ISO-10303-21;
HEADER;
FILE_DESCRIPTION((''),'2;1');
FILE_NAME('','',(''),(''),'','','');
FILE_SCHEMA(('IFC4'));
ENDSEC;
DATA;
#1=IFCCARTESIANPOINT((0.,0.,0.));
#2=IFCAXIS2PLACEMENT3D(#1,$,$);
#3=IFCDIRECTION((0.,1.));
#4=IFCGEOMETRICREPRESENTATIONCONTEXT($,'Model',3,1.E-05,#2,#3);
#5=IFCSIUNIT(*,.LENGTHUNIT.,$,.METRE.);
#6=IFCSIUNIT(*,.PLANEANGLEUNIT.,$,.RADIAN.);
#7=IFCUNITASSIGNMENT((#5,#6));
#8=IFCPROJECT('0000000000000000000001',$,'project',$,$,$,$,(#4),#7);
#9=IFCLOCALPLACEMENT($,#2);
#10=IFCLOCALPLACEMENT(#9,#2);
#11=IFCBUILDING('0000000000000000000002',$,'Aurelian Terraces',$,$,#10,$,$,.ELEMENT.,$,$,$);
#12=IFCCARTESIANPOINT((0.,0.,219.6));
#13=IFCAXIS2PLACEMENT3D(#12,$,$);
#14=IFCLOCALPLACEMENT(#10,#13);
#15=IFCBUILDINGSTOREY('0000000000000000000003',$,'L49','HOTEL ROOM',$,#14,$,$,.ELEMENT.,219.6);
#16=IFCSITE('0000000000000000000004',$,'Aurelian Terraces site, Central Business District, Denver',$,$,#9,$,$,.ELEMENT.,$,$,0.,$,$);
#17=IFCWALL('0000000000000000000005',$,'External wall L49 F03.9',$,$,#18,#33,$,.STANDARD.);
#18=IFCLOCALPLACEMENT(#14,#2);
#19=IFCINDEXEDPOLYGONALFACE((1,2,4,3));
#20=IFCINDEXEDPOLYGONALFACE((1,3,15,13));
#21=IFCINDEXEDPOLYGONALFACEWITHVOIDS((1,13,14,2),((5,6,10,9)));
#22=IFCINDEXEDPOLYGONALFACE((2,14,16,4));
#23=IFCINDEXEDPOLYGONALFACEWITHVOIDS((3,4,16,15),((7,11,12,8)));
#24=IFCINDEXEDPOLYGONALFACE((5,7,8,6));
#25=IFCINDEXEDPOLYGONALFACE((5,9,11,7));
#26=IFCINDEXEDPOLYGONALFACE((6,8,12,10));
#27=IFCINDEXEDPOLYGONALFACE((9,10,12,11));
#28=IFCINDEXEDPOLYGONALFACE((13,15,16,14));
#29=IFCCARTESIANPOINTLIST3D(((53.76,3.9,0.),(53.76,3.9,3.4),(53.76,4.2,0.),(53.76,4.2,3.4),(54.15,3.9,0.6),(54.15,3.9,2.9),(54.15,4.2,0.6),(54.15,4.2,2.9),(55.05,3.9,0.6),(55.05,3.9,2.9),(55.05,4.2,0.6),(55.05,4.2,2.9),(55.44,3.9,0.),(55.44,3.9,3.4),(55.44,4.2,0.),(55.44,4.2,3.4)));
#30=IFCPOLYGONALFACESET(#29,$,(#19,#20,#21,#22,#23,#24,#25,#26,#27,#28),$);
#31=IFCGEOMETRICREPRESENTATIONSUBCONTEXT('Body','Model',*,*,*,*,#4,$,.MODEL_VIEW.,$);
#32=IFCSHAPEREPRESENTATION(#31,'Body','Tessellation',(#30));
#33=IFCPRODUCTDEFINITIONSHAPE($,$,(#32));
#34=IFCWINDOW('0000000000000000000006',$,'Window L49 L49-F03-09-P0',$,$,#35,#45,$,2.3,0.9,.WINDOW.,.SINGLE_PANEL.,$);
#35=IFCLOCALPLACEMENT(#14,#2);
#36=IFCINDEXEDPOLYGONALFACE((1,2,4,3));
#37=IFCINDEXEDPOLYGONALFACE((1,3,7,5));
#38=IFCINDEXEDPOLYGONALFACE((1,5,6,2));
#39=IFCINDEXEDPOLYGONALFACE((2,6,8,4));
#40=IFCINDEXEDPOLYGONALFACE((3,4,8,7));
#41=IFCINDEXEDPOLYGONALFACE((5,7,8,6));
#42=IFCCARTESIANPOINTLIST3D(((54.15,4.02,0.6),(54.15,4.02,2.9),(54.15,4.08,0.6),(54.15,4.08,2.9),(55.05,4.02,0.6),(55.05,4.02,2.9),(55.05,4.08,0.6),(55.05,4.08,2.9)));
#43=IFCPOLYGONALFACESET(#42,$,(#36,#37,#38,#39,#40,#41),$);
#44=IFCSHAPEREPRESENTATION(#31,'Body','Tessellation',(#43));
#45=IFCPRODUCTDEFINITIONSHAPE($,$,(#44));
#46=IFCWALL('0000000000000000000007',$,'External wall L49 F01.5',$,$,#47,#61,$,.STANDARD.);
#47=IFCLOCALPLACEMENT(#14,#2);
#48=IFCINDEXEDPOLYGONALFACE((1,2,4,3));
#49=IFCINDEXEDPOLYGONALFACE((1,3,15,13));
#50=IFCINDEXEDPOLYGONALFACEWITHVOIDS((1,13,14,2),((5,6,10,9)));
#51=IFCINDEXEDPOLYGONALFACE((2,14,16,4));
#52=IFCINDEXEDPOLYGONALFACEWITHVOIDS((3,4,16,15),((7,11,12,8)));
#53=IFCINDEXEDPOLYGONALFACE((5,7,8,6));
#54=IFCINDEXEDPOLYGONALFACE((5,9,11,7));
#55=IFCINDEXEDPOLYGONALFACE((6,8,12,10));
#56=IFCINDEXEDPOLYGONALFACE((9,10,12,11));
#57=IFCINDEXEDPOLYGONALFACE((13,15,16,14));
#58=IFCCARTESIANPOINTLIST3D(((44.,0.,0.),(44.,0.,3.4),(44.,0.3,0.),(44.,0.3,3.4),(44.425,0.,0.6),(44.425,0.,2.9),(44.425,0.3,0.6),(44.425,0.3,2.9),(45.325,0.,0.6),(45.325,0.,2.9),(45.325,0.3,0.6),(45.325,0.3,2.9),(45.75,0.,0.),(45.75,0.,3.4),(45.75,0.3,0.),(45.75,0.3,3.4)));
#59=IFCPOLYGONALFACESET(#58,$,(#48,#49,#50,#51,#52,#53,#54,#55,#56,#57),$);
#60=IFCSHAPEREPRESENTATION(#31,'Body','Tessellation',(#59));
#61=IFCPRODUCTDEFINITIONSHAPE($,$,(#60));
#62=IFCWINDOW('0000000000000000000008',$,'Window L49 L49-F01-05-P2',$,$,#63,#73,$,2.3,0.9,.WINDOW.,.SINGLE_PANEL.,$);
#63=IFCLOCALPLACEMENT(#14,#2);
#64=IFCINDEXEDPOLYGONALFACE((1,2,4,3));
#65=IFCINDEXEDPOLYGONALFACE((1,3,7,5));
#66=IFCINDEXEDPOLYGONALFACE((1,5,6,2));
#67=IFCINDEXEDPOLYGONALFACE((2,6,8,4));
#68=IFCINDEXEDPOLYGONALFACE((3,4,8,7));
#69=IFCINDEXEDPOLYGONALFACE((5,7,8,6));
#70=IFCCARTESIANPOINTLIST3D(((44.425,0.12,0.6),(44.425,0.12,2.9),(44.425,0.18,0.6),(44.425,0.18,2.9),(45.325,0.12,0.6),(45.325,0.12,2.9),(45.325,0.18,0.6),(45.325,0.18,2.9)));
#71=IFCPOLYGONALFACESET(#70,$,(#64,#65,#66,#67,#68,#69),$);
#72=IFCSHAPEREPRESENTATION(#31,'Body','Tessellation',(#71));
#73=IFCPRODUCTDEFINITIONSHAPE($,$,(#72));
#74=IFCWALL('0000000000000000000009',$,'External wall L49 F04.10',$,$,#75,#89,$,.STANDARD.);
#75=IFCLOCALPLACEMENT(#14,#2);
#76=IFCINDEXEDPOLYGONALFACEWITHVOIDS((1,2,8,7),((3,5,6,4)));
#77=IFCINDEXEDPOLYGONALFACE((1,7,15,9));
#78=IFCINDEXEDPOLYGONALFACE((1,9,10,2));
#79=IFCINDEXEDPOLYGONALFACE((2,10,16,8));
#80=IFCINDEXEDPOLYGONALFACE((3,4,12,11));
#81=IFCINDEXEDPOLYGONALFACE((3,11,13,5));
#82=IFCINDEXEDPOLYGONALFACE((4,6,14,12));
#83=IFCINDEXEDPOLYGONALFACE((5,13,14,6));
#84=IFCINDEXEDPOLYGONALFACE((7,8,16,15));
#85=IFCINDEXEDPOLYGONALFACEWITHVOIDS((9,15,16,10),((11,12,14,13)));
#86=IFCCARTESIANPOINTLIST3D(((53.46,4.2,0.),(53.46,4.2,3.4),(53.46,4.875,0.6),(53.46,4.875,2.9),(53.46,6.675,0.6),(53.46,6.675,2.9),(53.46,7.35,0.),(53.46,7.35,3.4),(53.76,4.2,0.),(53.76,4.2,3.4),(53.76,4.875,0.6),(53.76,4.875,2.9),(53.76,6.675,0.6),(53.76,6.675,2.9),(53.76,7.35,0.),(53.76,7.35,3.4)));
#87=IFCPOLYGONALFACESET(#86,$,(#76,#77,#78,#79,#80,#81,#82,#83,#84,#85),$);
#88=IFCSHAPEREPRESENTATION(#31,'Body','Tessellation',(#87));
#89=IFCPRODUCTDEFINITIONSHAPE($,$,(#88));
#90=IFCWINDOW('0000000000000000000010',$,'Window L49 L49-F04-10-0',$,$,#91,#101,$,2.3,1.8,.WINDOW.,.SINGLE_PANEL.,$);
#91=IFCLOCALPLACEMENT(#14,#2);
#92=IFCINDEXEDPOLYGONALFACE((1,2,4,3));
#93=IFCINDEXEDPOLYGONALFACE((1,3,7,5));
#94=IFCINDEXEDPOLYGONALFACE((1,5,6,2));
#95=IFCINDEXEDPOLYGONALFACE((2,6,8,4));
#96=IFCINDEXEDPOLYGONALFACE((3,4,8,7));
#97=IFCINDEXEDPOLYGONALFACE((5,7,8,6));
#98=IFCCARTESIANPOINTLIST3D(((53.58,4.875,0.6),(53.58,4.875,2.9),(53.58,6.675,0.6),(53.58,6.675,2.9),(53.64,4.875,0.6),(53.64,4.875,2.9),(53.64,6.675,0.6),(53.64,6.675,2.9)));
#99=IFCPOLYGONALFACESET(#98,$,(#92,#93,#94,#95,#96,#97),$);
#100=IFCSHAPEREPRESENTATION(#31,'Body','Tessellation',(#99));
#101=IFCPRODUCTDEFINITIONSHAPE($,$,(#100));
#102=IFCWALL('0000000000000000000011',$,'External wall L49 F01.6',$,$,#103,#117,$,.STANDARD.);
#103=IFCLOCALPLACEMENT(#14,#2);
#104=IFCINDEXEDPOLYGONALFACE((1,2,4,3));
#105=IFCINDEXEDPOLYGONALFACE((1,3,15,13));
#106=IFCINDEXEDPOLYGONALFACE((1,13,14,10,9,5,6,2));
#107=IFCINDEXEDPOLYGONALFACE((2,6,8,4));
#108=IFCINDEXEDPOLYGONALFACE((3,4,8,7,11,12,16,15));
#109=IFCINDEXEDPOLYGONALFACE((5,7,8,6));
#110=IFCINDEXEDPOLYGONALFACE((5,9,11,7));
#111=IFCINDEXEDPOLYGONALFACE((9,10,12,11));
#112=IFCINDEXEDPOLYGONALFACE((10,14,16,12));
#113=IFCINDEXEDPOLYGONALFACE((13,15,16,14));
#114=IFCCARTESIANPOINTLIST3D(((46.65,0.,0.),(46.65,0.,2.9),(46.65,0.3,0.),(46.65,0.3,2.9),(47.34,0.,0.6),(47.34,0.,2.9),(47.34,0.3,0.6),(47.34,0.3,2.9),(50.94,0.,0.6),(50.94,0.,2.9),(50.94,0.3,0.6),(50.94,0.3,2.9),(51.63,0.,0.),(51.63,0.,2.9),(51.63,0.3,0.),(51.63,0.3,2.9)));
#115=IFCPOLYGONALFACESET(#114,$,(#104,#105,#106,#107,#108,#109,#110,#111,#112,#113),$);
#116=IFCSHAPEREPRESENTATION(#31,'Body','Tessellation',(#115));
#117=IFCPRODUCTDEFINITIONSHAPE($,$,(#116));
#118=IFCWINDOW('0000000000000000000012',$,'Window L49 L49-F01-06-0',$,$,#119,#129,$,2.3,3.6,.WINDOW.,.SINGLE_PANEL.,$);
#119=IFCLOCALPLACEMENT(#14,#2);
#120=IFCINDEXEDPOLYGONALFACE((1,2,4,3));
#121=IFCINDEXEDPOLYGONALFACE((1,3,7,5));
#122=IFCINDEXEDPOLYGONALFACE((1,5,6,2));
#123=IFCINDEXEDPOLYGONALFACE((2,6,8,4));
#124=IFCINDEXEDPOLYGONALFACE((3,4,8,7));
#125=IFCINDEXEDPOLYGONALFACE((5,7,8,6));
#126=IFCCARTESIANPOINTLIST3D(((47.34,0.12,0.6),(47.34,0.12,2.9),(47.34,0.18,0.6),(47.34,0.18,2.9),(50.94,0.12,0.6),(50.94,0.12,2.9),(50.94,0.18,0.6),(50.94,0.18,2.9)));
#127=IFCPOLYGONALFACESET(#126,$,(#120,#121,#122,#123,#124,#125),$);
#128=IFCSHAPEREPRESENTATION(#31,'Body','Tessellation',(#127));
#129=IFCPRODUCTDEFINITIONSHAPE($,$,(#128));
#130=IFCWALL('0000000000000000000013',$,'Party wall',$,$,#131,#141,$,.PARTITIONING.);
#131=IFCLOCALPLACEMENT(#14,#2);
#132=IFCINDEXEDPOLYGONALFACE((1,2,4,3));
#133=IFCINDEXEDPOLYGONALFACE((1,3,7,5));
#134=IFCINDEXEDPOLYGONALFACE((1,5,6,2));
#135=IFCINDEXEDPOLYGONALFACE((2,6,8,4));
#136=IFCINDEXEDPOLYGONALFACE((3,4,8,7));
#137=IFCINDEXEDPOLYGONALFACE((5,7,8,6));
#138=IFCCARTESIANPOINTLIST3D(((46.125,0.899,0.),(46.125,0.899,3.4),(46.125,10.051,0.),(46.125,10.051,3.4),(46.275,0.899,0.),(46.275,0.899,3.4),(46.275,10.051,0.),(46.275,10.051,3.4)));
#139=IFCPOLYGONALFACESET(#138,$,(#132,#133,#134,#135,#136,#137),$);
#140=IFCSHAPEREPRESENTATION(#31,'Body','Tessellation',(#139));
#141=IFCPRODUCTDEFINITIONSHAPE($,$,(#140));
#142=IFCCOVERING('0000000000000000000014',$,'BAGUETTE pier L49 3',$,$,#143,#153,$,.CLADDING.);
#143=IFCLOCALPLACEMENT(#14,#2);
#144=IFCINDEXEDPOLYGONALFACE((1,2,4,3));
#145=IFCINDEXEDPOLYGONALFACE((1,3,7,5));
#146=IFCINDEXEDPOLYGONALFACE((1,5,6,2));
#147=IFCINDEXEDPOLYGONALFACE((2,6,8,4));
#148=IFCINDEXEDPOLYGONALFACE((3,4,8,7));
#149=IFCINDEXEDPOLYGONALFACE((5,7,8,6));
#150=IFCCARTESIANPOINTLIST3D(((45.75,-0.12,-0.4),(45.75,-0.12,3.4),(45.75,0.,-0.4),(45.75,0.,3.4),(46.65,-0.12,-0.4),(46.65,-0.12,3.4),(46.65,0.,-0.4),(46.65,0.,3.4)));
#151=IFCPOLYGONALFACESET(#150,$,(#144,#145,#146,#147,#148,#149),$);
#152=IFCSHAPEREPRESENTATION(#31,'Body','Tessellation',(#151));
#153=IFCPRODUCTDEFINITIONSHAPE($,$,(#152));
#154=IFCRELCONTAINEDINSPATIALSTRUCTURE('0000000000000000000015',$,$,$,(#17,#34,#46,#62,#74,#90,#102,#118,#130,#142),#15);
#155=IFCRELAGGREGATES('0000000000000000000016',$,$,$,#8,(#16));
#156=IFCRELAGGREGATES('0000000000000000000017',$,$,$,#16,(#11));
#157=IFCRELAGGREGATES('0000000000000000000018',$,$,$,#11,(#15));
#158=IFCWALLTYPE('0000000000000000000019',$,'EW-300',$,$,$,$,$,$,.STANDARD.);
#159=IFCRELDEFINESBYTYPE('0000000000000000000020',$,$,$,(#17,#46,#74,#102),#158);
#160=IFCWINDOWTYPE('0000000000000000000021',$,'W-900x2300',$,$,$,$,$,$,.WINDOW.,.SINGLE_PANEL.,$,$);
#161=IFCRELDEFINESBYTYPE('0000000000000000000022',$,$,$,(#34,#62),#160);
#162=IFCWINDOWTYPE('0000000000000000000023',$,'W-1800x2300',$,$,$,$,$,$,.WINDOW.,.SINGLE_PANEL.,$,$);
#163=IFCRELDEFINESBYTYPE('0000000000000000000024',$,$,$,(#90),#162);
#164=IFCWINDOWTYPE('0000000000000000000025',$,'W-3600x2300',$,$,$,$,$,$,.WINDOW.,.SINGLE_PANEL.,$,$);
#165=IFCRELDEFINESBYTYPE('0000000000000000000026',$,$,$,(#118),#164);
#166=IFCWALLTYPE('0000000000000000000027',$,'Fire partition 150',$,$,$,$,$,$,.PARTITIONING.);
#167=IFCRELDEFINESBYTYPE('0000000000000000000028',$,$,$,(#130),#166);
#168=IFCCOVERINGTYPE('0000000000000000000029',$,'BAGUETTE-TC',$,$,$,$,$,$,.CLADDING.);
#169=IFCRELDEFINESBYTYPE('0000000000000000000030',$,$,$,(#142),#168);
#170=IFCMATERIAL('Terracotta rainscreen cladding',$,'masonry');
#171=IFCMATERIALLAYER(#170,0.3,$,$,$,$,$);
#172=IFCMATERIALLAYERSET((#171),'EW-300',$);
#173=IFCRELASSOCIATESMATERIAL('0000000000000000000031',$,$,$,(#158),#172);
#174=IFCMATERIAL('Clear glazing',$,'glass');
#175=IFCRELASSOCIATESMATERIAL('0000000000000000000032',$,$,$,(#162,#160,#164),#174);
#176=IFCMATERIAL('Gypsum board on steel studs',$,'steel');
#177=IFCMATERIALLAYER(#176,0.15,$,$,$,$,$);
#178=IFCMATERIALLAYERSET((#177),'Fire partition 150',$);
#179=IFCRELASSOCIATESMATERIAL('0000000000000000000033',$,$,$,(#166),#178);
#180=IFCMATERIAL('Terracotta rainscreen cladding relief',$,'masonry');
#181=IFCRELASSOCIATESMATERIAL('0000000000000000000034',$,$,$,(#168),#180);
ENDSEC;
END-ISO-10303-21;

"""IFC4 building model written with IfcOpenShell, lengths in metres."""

from ifc_helpers import new_model, si_unit, direction, frame, frame_2d, origin, origin_2d, place, context, subcontext, project, spatial, rectangle, extrude, source, transform, mapped, material, layer, layer_set, type_object, element, fill, save


model = new_model("IFC4")

# Units and contexts
model_context = context("Model", 3, precision=1e-05, world=origin(), true_north=direction((0.0, 1.0)))
body_context = subcontext(model_context, "Body", "Model", "MODEL_VIEW")
ifc_project = project(units=[si_unit("LENGTHUNIT", "METRE"), si_unit("PLANEANGLEUNIT", "RADIAN")], contexts=[model_context])

# Site, building, storey
site_placement = place(None, origin())
site = spatial("IfcSite", under=ifc_project, at=site_placement, Name="Aurelian Terraces site, Central Business District, Denver", CompositionType="ELEMENT", RefElevation=0.0)
building_placement = place(site_placement, origin())
building = spatial("IfcBuilding", under=site, at=building_placement, Name="Aurelian Terraces", CompositionType="ELEMENT")
storey_placement = place(building_placement, frame((0.0, 0.0, 219.6)))
storey = spatial("IfcBuildingStorey", under=building, at=storey_placement, Name="L49", Description="HOTEL ROOM", CompositionType="ELEMENT", Elevation=219.6)

# Walls, openings, windows
ifc_material_1 = material(Name="Terracotta rainscreen cladding", Category="masonry")
ifc_layer_1 = layer(ifc_material_1, 0.3)
ifc_layer_set_1 = layer_set([ifc_layer_1], Name="EW-300")
wall_type_1 = type_object("IfcWallType", Name="EW-300", PredefinedType="STANDARD", material=ifc_layer_set_1)
shared_shape_1 = source(origin(), body_context, "Body", "SweptSolid", [
    extrude(rectangle(XDim=1.8, YDim=2.3, at=frame_2d((0.9, 1.15))), frame((0.0, 0.16, 0.0), z_axis=(0.0, -1.0, 0.0), x_axis=(1.0, 0.0, 0.0)), (0.0, 0.0, 1.0), 0.32),
])
ifc_material_2 = material(Name="Clear glazing", Category="glass")
window_type_1 = type_object("IfcWindowType", Name="W-1800x2300", PartitioningType="SINGLE_PANEL", PredefinedType="WINDOW", material=ifc_material_2)
shared_shape_2 = source(origin(), body_context, "Body", "SweptSolid", [
    extrude(rectangle(XDim=1.8, YDim=2.3, at=frame_2d((0.9, 1.15))), frame((0.0, 0.03, 0.0), z_axis=(0.0, -1.0, 0.0), x_axis=(1.0, 0.0, 0.0)), (0.0, 0.0, 1.0), 0.06),
])
shared_shape_3 = source(origin(), body_context, "Body", "SweptSolid", [
    extrude(rectangle(XDim=1.68, YDim=0.3, at=frame_2d((0.84, 0.0))), origin(), (0.0, 0.0, 1.0), 3.4),
])
wall_1_placement = place(storey_placement, frame((55.44, 4.05, 0.0), z_axis=(0.0, 0.0, 1.0), x_axis=(-1.0, 0.0, 0.0)))
wall_1 = element("IfcWall", 1, at=wall_1_placement, inside=storey, type_object=wall_type_1, Name="External wall L49 F03.9", PredefinedType="STANDARD", context=body_context, shape_type="MappedRepresentation", body=[
    mapped(shared_shape_3, transform((0.0, 0.0, 0.0), scale=1.0)),
])
shared_shape_4 = source(origin(), body_context, "Body", "SweptSolid", [
    extrude(rectangle(XDim=0.9, YDim=2.3, at=frame_2d((0.45, 1.15))), frame((0.0, 0.16, 0.0), z_axis=(0.0, -1.0, 0.0), x_axis=(1.0, 0.0, 0.0)), (0.0, 0.0, 1.0), 0.32),
])
opening_1_placement = place(wall_1_placement, frame((0.39, 0.0, 0.6)))
opening_1 = element("IfcOpeningElement", 2, at=opening_1_placement, cuts=wall_1, PredefinedType="OPENING", context=body_context, shape_type="MappedRepresentation", body=[
    mapped(shared_shape_4, transform((0.0, 0.0, 0.0), scale=1.0)),
])
window_type_2 = type_object("IfcWindowType", Name="W-900x2300", PartitioningType="SINGLE_PANEL", PredefinedType="WINDOW", material=ifc_material_2)
shared_shape_5 = source(origin(), body_context, "Body", "SweptSolid", [
    extrude(rectangle(XDim=0.9, YDim=2.3, at=frame_2d((0.45, 1.15))), frame((0.0, 0.03, 0.0), z_axis=(0.0, -1.0, 0.0), x_axis=(1.0, 0.0, 0.0)), (0.0, 0.0, 1.0), 0.06),
])
window_1_placement = place(opening_1_placement, origin())
window_1 = element("IfcWindow", 3, at=window_1_placement, inside=storey, type_object=window_type_2, Name="Window L49 L49-F03-09-P0", OverallHeight=2.3, OverallWidth=0.9, PartitioningType="SINGLE_PANEL", PredefinedType="WINDOW", context=body_context, shape_type="MappedRepresentation", body=[
    mapped(shared_shape_5, transform((0.0, 0.0, 0.0), scale=1.0)),
])
fill(opening_1, window_1)
shared_shape_6 = source(origin(), body_context, "Body", "SweptSolid", [
    extrude(rectangle(XDim=1.75, YDim=0.3, at=frame_2d((0.875, 0.0))), origin(), (0.0, 0.0, 1.0), 3.4),
])
wall_2_placement = place(storey_placement, frame((44.0, 0.15, 0.0), z_axis=(0.0, 0.0, 1.0), x_axis=(1.0, 0.0, 0.0)))
wall_2 = element("IfcWall", 4, at=wall_2_placement, inside=storey, type_object=wall_type_1, Name="External wall L49 F01.5", PredefinedType="STANDARD", context=body_context, shape_type="MappedRepresentation", body=[
    mapped(shared_shape_6, transform((0.0, 0.0, 0.0), scale=1.0)),
])
opening_2_placement = place(wall_2_placement, frame((0.425, 0.0, 0.6)))
opening_2 = element("IfcOpeningElement", 5, at=opening_2_placement, cuts=wall_2, PredefinedType="OPENING", context=body_context, shape_type="MappedRepresentation", body=[
    mapped(shared_shape_4, transform((0.0, 0.0, 0.0), scale=1.0)),
])
window_2_placement = place(opening_2_placement, origin())
window_2 = element("IfcWindow", 6, at=window_2_placement, inside=storey, type_object=window_type_2, Name="Window L49 L49-F01-05-P2", OverallHeight=2.3, OverallWidth=0.9, PartitioningType="SINGLE_PANEL", PredefinedType="WINDOW", context=body_context, shape_type="MappedRepresentation", body=[
    mapped(shared_shape_5, transform((0.0, 0.0, 0.0), scale=1.0)),
])
fill(opening_2, window_2)
shared_shape_7 = source(origin(), body_context, "Body", "SweptSolid", [
    extrude(rectangle(XDim=3.15, YDim=0.3, at=frame_2d((1.575, 0.0))), origin(), (0.0, 0.0, 1.0), 3.4),
])
wall_3_placement = place(storey_placement, frame((53.61, 4.2, 0.0), z_axis=(0.0, 0.0, 1.0), x_axis=(0.0, 1.0, 0.0)))
wall_3 = element("IfcWall", 7, at=wall_3_placement, inside=storey, type_object=wall_type_1, Name="External wall L49 F04.10", PredefinedType="STANDARD", context=body_context, shape_type="MappedRepresentation", body=[
    mapped(shared_shape_7, transform((0.0, 0.0, 0.0), scale=1.0)),
])
opening_3_placement = place(wall_3_placement, frame((0.675, 0.0, 0.6)))
opening_3 = element("IfcOpeningElement", 8, at=opening_3_placement, cuts=wall_3, PredefinedType="OPENING", context=body_context, shape_type="MappedRepresentation", body=[
    mapped(shared_shape_1, transform((0.0, 0.0, 0.0), scale=1.0)),
])
window_3_placement = place(opening_3_placement, origin())
window_3 = element("IfcWindow", 9, at=window_3_placement, inside=storey, type_object=window_type_1, Name="Window L49 L49-F04-10-0", OverallHeight=2.3, OverallWidth=1.8, PartitioningType="SINGLE_PANEL", PredefinedType="WINDOW", context=body_context, shape_type="MappedRepresentation", body=[
    mapped(shared_shape_2, transform((0.0, 0.0, 0.0), scale=1.0)),
])
fill(opening_3, window_3)
shared_shape_8 = source(origin(), body_context, "Body", "SweptSolid", [
    extrude(rectangle(XDim=4.98, YDim=0.3, at=frame_2d((2.49, 0.0))), origin(), (0.0, 0.0, 1.0), 2.9),
])
wall_4_placement = place(storey_placement, frame((46.65, 0.15, 0.0), z_axis=(0.0, 0.0, 1.0), x_axis=(1.0, 0.0, 0.0)))
wall_4 = element("IfcWall", 10, at=wall_4_placement, inside=storey, type_object=wall_type_1, Name="External wall L49 F01.6", PredefinedType="STANDARD", context=body_context, shape_type="MappedRepresentation", body=[
    mapped(shared_shape_8, transform((0.0, 0.0, 0.0), scale=1.0)),
])
shared_shape_9 = source(origin(), body_context, "Body", "SweptSolid", [
    extrude(rectangle(XDim=3.6, YDim=2.3, at=frame_2d((1.8, 1.15))), frame((0.0, 0.16, 0.0), z_axis=(0.0, -1.0, 0.0), x_axis=(1.0, 0.0, 0.0)), (0.0, 0.0, 1.0), 0.32),
])
opening_4_placement = place(wall_4_placement, frame((0.69, 0.0, 0.6)))
opening_4 = element("IfcOpeningElement", 11, at=opening_4_placement, cuts=wall_4, PredefinedType="OPENING", context=body_context, shape_type="MappedRepresentation", body=[
    mapped(shared_shape_9, transform((0.0, 0.0, 0.0), scale=1.0)),
])
window_type_3 = type_object("IfcWindowType", Name="W-3600x2300", PartitioningType="SINGLE_PANEL", PredefinedType="WINDOW", material=ifc_material_2)
shared_shape_10 = source(origin(), body_context, "Body", "SweptSolid", [
    extrude(rectangle(XDim=3.6, YDim=2.3, at=frame_2d((1.8, 1.15))), frame((0.0, 0.03, 0.0), z_axis=(0.0, -1.0, 0.0), x_axis=(1.0, 0.0, 0.0)), (0.0, 0.0, 1.0), 0.06),
])
window_4_placement = place(opening_4_placement, origin())
window_4 = element("IfcWindow", 12, at=window_4_placement, inside=storey, type_object=window_type_3, Name="Window L49 L49-F01-06-0", OverallHeight=2.3, OverallWidth=3.6, PartitioningType="SINGLE_PANEL", PredefinedType="WINDOW", context=body_context, shape_type="MappedRepresentation", body=[
    mapped(shared_shape_10, transform((0.0, 0.0, 0.0), scale=1.0)),
])
fill(opening_4, window_4)

# Wall
ifc_material_3 = material(Name="Gypsum board on steel studs", Category="steel")
ifc_layer_2 = layer(ifc_material_3, 0.15)
ifc_layer_set_2 = layer_set([ifc_layer_2], Name="Fire partition 150")
wall_type_2 = type_object("IfcWallType", Name="Fire partition 150", PredefinedType="PARTITIONING", material=ifc_layer_set_2)
shared_shape_11 = source(origin(), body_context, "Body", "SweptSolid", [
    extrude(rectangle(XDim=9.152, YDim=0.15, at=frame_2d((4.576, 0.0))), origin(), (0.0, 0.0, 1.0), 3.4),
])
wall_5_placement = place(storey_placement, frame((46.2, 0.899, 0.0), z_axis=(0.0, 0.0, 1.0), x_axis=(0.0, 1.0, 0.0)))
element("IfcWall", 13, at=wall_5_placement, inside=storey, type_object=wall_type_2, Name="Party wall", PredefinedType="PARTITIONING", context=body_context, shape_type="MappedRepresentation", body=[
    mapped(shared_shape_11, transform((0.0, 0.0, 0.0), scale=1.0)),
])

# Covering
ifc_material_4 = material(Name="Terracotta rainscreen cladding relief", Category="masonry")
covering_type = type_object("IfcCoveringType", Name="BAGUETTE-TC", PredefinedType="CLADDING", material=ifc_material_4)
shared_shape_12 = source(origin(), body_context, "Body", "SweptSolid", [
    extrude(rectangle(XDim=0.9, YDim=0.12, at=origin_2d()), origin(), (0.0, 0.0, 1.0), 3.8),
])
covering_placement = place(storey_placement, frame((46.2, -0.06, -0.4), z_axis=(0.0, 0.0, 1.0), x_axis=(1.0, 0.0, 0.0)))
element("IfcCovering", 14, at=covering_placement, inside=storey, type_object=covering_type, Name="BAGUETTE pier L49 3", PredefinedType="CLADDING", context=body_context, shape_type="MappedRepresentation", body=[
    mapped(shared_shape_12, transform((0.0, 0.0, 0.0), scale=1.0)),
])

save(model, "model.ifc")
